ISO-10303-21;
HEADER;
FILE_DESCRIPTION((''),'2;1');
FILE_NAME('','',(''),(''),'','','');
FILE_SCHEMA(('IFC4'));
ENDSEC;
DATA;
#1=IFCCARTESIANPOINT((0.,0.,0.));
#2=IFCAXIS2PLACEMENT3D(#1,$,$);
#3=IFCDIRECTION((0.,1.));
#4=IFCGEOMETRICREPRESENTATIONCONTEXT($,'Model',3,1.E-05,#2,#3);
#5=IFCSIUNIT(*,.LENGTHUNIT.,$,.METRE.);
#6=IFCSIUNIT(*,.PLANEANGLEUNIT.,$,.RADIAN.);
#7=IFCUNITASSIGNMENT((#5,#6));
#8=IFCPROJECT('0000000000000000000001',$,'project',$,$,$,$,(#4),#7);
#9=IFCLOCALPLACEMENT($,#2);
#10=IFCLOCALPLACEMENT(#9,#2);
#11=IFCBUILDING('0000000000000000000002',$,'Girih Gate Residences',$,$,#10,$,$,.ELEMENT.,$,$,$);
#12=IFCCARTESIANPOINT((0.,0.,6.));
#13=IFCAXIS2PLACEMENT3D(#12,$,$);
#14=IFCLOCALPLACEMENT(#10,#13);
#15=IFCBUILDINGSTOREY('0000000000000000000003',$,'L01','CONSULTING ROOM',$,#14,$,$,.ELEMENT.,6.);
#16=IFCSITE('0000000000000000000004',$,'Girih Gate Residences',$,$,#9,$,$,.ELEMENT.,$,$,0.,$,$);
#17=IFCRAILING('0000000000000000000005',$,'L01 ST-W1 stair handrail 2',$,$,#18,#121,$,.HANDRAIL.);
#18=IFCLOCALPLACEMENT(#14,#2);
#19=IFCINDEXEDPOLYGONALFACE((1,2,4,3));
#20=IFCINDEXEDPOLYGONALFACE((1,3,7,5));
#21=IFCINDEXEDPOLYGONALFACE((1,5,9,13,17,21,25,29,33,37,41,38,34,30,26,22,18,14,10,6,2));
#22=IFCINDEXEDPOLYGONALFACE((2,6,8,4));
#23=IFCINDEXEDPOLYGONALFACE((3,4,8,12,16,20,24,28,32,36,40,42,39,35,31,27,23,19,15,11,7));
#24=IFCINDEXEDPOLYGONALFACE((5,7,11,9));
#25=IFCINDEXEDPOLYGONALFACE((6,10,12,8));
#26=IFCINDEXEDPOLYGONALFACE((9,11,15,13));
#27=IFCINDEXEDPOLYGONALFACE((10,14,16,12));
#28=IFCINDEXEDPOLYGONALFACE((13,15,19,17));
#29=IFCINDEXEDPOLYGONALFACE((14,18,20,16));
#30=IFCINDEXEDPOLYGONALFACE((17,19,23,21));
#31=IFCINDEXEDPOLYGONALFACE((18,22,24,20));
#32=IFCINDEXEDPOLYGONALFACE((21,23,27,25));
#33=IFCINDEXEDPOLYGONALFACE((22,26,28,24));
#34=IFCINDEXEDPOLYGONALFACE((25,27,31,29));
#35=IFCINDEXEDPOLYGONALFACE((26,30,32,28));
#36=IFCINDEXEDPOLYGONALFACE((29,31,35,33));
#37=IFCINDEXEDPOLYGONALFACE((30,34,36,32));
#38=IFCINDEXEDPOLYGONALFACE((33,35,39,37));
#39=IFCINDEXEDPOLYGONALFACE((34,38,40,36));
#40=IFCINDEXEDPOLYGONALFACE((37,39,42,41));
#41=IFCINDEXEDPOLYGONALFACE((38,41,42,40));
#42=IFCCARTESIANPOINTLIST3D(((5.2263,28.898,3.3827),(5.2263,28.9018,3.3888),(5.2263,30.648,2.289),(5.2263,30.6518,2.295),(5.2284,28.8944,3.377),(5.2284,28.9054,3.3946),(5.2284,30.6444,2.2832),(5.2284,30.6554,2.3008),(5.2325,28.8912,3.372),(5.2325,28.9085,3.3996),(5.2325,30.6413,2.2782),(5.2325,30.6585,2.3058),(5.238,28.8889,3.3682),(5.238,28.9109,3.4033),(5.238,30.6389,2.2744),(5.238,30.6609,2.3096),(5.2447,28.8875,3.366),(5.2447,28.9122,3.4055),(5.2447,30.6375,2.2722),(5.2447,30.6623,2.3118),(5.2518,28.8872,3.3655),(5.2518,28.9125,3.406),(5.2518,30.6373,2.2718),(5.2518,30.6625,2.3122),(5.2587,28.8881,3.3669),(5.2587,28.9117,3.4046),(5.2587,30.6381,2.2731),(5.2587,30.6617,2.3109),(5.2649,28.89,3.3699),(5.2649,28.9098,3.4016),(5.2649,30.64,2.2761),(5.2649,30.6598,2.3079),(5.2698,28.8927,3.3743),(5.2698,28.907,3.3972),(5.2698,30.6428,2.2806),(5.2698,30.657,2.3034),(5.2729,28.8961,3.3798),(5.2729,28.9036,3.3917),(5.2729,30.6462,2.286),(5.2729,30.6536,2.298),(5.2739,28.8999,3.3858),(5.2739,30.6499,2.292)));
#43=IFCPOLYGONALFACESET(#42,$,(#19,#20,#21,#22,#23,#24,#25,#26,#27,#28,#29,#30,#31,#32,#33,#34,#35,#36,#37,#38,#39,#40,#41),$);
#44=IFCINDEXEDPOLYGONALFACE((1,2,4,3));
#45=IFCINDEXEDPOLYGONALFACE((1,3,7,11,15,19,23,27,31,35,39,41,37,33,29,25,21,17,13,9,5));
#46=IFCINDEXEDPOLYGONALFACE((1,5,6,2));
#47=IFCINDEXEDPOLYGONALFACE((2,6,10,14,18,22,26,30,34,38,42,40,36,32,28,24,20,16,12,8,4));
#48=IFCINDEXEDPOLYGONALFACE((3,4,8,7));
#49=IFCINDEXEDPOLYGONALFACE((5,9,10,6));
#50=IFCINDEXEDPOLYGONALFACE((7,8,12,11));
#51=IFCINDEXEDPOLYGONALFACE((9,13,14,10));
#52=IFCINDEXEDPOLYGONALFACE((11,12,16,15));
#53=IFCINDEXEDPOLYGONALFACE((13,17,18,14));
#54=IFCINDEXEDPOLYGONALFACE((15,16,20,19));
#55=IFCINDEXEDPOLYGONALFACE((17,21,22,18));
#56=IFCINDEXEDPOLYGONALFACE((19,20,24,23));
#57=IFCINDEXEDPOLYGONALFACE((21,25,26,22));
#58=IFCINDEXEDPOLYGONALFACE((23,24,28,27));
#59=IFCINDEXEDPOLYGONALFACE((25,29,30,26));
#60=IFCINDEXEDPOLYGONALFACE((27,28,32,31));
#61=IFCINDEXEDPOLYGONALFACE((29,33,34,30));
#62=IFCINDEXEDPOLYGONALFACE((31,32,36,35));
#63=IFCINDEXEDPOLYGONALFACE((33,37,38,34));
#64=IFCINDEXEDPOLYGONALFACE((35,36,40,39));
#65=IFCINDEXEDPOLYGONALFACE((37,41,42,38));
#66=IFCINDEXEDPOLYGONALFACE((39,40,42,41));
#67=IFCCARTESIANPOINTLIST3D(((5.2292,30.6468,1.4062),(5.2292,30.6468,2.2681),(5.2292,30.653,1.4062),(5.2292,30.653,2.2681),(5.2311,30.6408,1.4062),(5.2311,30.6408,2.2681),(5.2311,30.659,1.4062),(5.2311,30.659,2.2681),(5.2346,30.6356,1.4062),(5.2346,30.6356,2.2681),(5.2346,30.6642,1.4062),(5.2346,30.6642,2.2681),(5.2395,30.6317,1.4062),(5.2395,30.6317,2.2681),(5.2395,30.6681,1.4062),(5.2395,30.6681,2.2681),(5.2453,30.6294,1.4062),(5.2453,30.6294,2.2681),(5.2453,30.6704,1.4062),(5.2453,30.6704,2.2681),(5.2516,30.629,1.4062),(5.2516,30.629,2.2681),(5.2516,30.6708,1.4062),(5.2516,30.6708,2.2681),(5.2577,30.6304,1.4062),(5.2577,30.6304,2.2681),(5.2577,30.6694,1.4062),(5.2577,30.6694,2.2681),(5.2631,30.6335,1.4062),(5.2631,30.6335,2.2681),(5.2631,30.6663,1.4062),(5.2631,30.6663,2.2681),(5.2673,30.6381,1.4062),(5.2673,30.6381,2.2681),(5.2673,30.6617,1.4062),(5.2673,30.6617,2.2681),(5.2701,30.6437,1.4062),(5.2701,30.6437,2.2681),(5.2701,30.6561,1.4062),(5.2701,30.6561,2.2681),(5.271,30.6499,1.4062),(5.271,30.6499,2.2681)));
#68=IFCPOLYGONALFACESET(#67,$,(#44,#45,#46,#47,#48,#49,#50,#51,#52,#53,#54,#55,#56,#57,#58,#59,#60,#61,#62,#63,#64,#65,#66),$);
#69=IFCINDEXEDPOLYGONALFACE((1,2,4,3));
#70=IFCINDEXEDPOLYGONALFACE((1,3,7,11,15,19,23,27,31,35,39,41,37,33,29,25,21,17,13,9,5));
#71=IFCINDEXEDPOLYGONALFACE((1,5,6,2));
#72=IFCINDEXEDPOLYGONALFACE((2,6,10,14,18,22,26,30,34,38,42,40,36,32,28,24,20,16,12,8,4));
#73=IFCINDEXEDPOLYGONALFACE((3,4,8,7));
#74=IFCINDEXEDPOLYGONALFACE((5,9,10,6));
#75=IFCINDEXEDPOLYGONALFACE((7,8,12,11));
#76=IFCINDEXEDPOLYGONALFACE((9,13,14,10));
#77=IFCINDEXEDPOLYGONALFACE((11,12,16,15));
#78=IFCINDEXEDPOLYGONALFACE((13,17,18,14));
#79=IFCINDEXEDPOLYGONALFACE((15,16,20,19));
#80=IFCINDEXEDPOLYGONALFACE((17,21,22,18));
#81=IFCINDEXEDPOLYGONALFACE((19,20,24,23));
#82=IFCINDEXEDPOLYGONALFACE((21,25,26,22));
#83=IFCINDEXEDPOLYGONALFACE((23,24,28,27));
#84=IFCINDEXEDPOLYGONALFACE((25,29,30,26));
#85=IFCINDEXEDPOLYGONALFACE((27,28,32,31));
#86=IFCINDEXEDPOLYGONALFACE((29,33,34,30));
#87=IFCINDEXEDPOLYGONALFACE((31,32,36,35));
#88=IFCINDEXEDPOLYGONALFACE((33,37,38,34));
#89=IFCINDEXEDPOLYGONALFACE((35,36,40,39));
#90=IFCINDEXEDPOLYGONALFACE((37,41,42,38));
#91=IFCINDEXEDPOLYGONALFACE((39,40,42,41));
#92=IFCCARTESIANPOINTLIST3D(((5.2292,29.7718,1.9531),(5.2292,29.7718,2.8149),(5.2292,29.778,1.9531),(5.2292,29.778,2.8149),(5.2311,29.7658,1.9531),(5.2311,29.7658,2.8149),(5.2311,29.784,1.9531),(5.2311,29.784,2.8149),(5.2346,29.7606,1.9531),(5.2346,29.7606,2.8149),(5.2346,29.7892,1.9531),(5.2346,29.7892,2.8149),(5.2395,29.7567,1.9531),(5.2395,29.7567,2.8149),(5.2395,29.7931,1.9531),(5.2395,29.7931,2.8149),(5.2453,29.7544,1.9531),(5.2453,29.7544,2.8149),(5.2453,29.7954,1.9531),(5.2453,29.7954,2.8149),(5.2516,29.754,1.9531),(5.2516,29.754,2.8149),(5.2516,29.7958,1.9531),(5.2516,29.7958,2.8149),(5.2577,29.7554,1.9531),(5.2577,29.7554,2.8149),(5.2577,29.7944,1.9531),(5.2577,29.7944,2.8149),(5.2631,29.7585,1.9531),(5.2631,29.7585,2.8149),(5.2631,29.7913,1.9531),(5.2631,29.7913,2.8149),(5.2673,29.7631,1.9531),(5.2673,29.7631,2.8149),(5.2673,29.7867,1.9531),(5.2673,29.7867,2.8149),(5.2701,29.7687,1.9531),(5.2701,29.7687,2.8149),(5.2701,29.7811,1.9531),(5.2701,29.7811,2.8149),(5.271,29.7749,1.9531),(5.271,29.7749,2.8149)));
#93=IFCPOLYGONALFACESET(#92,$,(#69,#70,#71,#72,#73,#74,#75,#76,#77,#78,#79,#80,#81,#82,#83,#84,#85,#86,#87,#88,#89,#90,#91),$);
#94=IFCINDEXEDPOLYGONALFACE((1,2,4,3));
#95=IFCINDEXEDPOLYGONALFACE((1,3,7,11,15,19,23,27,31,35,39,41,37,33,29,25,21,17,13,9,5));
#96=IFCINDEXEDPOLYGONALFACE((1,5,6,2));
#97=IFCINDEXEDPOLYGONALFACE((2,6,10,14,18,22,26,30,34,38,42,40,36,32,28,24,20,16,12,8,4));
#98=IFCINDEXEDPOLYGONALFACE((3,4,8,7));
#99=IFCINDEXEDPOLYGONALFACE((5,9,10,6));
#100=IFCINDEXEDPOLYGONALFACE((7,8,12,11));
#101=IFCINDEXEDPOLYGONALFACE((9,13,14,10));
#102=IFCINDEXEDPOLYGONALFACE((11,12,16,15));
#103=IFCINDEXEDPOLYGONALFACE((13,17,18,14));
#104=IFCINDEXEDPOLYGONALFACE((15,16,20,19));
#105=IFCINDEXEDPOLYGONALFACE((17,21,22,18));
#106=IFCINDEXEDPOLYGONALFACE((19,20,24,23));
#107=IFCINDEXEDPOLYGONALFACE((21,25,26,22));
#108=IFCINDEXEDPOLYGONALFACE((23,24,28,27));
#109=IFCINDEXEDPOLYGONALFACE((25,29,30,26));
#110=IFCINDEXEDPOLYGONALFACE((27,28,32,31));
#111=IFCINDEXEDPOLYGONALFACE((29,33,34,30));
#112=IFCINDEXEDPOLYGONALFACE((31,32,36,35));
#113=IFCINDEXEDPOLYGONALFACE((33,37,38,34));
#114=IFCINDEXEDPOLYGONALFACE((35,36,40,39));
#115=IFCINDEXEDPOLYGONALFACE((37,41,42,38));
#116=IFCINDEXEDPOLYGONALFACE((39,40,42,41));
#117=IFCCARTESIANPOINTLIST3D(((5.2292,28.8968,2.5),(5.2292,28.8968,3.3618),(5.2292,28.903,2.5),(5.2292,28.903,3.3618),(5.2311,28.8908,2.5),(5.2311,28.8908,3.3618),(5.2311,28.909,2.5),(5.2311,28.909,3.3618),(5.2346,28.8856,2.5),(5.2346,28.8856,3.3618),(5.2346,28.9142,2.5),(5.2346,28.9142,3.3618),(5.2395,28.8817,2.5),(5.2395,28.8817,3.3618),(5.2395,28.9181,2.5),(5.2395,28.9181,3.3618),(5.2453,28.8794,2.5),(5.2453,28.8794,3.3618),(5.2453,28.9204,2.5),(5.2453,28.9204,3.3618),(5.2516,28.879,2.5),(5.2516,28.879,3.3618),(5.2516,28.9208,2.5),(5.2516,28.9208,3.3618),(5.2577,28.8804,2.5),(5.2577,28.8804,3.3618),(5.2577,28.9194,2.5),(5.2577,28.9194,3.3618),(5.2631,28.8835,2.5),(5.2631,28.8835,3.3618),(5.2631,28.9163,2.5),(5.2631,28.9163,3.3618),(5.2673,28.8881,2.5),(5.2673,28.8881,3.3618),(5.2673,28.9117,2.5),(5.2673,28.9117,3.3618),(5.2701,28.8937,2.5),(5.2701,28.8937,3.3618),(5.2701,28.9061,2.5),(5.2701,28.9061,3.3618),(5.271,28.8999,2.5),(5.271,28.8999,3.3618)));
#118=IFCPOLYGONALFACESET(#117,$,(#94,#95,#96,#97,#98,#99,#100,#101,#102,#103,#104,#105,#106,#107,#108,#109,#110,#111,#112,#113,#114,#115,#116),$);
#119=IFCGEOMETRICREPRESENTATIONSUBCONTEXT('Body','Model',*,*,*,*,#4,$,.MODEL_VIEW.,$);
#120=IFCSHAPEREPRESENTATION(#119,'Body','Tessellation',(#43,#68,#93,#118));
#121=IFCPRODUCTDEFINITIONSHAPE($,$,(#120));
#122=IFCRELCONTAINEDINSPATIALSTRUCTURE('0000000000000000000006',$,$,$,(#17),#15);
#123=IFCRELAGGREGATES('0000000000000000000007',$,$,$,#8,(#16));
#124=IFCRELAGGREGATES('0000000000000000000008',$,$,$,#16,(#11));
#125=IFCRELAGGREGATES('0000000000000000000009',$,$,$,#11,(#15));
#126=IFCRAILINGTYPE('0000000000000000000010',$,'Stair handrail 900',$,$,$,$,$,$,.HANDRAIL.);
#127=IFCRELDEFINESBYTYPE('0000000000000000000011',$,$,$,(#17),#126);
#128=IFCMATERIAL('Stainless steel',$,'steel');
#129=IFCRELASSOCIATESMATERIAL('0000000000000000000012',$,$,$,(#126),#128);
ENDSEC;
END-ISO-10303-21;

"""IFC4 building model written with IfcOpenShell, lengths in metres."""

from ifc_helpers import new_model, si_unit, direction, frame, origin, origin_2d, place, context, subcontext, project, spatial, circle, extrude, material, type_object, element, save


model = new_model("IFC4")

# Units and contexts
model_context = context("Model", 3, precision=1e-05, world=origin(), true_north=direction((0.0, 1.0)))
body_context = subcontext(model_context, "Body", "Model", "MODEL_VIEW")
ifc_project = project(units=[si_unit("LENGTHUNIT", "METRE"), si_unit("PLANEANGLEUNIT", "RADIAN")], contexts=[model_context])

# Site, building, storey
site_placement = place(None, origin())
site = spatial("IfcSite", under=ifc_project, at=site_placement, Name="Girih Gate Residences", CompositionType="ELEMENT", RefElevation=0.0)
building_placement = place(site_placement, origin())
building = spatial("IfcBuilding", under=site, at=building_placement, Name="Girih Gate Residences", CompositionType="ELEMENT")
storey_placement = place(building_placement, frame((0.0, 0.0, 6.0)))
storey = spatial("IfcBuildingStorey", under=building, at=storey_placement, Name="L01", Description="CONSULTING ROOM", CompositionType="ELEMENT", Elevation=6.0)

# Railing
ifc_material_1 = material(Name="Stainless steel", Category="steel")
railing_type_1 = type_object("IfcRailingType", Name="Stair handrail 900", PredefinedType="HANDRAIL", material=ifc_material_1)
railing_1_placement = place(storey_placement, frame((5.25, 30.6499, 1.4062)))
element("IfcRailing", 1, at=railing_1_placement, inside=storey, type_object=railing_type_1, Name="L01 ST-W1 stair handrail 2", PredefinedType="HANDRAIL", context=body_context, shape_type="SweptSolid", body=[
    extrude(circle(Radius=0.0239, at=origin_2d()), frame((0.0, 0.0, 0.8857), z_axis=(0.0, -0.847998, 0.529999), x_axis=(1.0, 0.0, 0.0)), (0.0, 0.0, 1.0), 2.0637),
    extrude(circle(Radius=0.021, at=origin_2d()), origin(), (0.0, 0.0, 1.0), 0.8618),
    extrude(circle(Radius=0.021, at=origin_2d()), frame((0.0, -0.875, 0.5469)), (0.0, 0.0, 1.0), 0.8618),
    extrude(circle(Radius=0.021, at=origin_2d()), frame((0.0, -1.75, 1.0938)), (0.0, 0.0, 1.0), 0.8618),
])

save(model, "model.ifc")
